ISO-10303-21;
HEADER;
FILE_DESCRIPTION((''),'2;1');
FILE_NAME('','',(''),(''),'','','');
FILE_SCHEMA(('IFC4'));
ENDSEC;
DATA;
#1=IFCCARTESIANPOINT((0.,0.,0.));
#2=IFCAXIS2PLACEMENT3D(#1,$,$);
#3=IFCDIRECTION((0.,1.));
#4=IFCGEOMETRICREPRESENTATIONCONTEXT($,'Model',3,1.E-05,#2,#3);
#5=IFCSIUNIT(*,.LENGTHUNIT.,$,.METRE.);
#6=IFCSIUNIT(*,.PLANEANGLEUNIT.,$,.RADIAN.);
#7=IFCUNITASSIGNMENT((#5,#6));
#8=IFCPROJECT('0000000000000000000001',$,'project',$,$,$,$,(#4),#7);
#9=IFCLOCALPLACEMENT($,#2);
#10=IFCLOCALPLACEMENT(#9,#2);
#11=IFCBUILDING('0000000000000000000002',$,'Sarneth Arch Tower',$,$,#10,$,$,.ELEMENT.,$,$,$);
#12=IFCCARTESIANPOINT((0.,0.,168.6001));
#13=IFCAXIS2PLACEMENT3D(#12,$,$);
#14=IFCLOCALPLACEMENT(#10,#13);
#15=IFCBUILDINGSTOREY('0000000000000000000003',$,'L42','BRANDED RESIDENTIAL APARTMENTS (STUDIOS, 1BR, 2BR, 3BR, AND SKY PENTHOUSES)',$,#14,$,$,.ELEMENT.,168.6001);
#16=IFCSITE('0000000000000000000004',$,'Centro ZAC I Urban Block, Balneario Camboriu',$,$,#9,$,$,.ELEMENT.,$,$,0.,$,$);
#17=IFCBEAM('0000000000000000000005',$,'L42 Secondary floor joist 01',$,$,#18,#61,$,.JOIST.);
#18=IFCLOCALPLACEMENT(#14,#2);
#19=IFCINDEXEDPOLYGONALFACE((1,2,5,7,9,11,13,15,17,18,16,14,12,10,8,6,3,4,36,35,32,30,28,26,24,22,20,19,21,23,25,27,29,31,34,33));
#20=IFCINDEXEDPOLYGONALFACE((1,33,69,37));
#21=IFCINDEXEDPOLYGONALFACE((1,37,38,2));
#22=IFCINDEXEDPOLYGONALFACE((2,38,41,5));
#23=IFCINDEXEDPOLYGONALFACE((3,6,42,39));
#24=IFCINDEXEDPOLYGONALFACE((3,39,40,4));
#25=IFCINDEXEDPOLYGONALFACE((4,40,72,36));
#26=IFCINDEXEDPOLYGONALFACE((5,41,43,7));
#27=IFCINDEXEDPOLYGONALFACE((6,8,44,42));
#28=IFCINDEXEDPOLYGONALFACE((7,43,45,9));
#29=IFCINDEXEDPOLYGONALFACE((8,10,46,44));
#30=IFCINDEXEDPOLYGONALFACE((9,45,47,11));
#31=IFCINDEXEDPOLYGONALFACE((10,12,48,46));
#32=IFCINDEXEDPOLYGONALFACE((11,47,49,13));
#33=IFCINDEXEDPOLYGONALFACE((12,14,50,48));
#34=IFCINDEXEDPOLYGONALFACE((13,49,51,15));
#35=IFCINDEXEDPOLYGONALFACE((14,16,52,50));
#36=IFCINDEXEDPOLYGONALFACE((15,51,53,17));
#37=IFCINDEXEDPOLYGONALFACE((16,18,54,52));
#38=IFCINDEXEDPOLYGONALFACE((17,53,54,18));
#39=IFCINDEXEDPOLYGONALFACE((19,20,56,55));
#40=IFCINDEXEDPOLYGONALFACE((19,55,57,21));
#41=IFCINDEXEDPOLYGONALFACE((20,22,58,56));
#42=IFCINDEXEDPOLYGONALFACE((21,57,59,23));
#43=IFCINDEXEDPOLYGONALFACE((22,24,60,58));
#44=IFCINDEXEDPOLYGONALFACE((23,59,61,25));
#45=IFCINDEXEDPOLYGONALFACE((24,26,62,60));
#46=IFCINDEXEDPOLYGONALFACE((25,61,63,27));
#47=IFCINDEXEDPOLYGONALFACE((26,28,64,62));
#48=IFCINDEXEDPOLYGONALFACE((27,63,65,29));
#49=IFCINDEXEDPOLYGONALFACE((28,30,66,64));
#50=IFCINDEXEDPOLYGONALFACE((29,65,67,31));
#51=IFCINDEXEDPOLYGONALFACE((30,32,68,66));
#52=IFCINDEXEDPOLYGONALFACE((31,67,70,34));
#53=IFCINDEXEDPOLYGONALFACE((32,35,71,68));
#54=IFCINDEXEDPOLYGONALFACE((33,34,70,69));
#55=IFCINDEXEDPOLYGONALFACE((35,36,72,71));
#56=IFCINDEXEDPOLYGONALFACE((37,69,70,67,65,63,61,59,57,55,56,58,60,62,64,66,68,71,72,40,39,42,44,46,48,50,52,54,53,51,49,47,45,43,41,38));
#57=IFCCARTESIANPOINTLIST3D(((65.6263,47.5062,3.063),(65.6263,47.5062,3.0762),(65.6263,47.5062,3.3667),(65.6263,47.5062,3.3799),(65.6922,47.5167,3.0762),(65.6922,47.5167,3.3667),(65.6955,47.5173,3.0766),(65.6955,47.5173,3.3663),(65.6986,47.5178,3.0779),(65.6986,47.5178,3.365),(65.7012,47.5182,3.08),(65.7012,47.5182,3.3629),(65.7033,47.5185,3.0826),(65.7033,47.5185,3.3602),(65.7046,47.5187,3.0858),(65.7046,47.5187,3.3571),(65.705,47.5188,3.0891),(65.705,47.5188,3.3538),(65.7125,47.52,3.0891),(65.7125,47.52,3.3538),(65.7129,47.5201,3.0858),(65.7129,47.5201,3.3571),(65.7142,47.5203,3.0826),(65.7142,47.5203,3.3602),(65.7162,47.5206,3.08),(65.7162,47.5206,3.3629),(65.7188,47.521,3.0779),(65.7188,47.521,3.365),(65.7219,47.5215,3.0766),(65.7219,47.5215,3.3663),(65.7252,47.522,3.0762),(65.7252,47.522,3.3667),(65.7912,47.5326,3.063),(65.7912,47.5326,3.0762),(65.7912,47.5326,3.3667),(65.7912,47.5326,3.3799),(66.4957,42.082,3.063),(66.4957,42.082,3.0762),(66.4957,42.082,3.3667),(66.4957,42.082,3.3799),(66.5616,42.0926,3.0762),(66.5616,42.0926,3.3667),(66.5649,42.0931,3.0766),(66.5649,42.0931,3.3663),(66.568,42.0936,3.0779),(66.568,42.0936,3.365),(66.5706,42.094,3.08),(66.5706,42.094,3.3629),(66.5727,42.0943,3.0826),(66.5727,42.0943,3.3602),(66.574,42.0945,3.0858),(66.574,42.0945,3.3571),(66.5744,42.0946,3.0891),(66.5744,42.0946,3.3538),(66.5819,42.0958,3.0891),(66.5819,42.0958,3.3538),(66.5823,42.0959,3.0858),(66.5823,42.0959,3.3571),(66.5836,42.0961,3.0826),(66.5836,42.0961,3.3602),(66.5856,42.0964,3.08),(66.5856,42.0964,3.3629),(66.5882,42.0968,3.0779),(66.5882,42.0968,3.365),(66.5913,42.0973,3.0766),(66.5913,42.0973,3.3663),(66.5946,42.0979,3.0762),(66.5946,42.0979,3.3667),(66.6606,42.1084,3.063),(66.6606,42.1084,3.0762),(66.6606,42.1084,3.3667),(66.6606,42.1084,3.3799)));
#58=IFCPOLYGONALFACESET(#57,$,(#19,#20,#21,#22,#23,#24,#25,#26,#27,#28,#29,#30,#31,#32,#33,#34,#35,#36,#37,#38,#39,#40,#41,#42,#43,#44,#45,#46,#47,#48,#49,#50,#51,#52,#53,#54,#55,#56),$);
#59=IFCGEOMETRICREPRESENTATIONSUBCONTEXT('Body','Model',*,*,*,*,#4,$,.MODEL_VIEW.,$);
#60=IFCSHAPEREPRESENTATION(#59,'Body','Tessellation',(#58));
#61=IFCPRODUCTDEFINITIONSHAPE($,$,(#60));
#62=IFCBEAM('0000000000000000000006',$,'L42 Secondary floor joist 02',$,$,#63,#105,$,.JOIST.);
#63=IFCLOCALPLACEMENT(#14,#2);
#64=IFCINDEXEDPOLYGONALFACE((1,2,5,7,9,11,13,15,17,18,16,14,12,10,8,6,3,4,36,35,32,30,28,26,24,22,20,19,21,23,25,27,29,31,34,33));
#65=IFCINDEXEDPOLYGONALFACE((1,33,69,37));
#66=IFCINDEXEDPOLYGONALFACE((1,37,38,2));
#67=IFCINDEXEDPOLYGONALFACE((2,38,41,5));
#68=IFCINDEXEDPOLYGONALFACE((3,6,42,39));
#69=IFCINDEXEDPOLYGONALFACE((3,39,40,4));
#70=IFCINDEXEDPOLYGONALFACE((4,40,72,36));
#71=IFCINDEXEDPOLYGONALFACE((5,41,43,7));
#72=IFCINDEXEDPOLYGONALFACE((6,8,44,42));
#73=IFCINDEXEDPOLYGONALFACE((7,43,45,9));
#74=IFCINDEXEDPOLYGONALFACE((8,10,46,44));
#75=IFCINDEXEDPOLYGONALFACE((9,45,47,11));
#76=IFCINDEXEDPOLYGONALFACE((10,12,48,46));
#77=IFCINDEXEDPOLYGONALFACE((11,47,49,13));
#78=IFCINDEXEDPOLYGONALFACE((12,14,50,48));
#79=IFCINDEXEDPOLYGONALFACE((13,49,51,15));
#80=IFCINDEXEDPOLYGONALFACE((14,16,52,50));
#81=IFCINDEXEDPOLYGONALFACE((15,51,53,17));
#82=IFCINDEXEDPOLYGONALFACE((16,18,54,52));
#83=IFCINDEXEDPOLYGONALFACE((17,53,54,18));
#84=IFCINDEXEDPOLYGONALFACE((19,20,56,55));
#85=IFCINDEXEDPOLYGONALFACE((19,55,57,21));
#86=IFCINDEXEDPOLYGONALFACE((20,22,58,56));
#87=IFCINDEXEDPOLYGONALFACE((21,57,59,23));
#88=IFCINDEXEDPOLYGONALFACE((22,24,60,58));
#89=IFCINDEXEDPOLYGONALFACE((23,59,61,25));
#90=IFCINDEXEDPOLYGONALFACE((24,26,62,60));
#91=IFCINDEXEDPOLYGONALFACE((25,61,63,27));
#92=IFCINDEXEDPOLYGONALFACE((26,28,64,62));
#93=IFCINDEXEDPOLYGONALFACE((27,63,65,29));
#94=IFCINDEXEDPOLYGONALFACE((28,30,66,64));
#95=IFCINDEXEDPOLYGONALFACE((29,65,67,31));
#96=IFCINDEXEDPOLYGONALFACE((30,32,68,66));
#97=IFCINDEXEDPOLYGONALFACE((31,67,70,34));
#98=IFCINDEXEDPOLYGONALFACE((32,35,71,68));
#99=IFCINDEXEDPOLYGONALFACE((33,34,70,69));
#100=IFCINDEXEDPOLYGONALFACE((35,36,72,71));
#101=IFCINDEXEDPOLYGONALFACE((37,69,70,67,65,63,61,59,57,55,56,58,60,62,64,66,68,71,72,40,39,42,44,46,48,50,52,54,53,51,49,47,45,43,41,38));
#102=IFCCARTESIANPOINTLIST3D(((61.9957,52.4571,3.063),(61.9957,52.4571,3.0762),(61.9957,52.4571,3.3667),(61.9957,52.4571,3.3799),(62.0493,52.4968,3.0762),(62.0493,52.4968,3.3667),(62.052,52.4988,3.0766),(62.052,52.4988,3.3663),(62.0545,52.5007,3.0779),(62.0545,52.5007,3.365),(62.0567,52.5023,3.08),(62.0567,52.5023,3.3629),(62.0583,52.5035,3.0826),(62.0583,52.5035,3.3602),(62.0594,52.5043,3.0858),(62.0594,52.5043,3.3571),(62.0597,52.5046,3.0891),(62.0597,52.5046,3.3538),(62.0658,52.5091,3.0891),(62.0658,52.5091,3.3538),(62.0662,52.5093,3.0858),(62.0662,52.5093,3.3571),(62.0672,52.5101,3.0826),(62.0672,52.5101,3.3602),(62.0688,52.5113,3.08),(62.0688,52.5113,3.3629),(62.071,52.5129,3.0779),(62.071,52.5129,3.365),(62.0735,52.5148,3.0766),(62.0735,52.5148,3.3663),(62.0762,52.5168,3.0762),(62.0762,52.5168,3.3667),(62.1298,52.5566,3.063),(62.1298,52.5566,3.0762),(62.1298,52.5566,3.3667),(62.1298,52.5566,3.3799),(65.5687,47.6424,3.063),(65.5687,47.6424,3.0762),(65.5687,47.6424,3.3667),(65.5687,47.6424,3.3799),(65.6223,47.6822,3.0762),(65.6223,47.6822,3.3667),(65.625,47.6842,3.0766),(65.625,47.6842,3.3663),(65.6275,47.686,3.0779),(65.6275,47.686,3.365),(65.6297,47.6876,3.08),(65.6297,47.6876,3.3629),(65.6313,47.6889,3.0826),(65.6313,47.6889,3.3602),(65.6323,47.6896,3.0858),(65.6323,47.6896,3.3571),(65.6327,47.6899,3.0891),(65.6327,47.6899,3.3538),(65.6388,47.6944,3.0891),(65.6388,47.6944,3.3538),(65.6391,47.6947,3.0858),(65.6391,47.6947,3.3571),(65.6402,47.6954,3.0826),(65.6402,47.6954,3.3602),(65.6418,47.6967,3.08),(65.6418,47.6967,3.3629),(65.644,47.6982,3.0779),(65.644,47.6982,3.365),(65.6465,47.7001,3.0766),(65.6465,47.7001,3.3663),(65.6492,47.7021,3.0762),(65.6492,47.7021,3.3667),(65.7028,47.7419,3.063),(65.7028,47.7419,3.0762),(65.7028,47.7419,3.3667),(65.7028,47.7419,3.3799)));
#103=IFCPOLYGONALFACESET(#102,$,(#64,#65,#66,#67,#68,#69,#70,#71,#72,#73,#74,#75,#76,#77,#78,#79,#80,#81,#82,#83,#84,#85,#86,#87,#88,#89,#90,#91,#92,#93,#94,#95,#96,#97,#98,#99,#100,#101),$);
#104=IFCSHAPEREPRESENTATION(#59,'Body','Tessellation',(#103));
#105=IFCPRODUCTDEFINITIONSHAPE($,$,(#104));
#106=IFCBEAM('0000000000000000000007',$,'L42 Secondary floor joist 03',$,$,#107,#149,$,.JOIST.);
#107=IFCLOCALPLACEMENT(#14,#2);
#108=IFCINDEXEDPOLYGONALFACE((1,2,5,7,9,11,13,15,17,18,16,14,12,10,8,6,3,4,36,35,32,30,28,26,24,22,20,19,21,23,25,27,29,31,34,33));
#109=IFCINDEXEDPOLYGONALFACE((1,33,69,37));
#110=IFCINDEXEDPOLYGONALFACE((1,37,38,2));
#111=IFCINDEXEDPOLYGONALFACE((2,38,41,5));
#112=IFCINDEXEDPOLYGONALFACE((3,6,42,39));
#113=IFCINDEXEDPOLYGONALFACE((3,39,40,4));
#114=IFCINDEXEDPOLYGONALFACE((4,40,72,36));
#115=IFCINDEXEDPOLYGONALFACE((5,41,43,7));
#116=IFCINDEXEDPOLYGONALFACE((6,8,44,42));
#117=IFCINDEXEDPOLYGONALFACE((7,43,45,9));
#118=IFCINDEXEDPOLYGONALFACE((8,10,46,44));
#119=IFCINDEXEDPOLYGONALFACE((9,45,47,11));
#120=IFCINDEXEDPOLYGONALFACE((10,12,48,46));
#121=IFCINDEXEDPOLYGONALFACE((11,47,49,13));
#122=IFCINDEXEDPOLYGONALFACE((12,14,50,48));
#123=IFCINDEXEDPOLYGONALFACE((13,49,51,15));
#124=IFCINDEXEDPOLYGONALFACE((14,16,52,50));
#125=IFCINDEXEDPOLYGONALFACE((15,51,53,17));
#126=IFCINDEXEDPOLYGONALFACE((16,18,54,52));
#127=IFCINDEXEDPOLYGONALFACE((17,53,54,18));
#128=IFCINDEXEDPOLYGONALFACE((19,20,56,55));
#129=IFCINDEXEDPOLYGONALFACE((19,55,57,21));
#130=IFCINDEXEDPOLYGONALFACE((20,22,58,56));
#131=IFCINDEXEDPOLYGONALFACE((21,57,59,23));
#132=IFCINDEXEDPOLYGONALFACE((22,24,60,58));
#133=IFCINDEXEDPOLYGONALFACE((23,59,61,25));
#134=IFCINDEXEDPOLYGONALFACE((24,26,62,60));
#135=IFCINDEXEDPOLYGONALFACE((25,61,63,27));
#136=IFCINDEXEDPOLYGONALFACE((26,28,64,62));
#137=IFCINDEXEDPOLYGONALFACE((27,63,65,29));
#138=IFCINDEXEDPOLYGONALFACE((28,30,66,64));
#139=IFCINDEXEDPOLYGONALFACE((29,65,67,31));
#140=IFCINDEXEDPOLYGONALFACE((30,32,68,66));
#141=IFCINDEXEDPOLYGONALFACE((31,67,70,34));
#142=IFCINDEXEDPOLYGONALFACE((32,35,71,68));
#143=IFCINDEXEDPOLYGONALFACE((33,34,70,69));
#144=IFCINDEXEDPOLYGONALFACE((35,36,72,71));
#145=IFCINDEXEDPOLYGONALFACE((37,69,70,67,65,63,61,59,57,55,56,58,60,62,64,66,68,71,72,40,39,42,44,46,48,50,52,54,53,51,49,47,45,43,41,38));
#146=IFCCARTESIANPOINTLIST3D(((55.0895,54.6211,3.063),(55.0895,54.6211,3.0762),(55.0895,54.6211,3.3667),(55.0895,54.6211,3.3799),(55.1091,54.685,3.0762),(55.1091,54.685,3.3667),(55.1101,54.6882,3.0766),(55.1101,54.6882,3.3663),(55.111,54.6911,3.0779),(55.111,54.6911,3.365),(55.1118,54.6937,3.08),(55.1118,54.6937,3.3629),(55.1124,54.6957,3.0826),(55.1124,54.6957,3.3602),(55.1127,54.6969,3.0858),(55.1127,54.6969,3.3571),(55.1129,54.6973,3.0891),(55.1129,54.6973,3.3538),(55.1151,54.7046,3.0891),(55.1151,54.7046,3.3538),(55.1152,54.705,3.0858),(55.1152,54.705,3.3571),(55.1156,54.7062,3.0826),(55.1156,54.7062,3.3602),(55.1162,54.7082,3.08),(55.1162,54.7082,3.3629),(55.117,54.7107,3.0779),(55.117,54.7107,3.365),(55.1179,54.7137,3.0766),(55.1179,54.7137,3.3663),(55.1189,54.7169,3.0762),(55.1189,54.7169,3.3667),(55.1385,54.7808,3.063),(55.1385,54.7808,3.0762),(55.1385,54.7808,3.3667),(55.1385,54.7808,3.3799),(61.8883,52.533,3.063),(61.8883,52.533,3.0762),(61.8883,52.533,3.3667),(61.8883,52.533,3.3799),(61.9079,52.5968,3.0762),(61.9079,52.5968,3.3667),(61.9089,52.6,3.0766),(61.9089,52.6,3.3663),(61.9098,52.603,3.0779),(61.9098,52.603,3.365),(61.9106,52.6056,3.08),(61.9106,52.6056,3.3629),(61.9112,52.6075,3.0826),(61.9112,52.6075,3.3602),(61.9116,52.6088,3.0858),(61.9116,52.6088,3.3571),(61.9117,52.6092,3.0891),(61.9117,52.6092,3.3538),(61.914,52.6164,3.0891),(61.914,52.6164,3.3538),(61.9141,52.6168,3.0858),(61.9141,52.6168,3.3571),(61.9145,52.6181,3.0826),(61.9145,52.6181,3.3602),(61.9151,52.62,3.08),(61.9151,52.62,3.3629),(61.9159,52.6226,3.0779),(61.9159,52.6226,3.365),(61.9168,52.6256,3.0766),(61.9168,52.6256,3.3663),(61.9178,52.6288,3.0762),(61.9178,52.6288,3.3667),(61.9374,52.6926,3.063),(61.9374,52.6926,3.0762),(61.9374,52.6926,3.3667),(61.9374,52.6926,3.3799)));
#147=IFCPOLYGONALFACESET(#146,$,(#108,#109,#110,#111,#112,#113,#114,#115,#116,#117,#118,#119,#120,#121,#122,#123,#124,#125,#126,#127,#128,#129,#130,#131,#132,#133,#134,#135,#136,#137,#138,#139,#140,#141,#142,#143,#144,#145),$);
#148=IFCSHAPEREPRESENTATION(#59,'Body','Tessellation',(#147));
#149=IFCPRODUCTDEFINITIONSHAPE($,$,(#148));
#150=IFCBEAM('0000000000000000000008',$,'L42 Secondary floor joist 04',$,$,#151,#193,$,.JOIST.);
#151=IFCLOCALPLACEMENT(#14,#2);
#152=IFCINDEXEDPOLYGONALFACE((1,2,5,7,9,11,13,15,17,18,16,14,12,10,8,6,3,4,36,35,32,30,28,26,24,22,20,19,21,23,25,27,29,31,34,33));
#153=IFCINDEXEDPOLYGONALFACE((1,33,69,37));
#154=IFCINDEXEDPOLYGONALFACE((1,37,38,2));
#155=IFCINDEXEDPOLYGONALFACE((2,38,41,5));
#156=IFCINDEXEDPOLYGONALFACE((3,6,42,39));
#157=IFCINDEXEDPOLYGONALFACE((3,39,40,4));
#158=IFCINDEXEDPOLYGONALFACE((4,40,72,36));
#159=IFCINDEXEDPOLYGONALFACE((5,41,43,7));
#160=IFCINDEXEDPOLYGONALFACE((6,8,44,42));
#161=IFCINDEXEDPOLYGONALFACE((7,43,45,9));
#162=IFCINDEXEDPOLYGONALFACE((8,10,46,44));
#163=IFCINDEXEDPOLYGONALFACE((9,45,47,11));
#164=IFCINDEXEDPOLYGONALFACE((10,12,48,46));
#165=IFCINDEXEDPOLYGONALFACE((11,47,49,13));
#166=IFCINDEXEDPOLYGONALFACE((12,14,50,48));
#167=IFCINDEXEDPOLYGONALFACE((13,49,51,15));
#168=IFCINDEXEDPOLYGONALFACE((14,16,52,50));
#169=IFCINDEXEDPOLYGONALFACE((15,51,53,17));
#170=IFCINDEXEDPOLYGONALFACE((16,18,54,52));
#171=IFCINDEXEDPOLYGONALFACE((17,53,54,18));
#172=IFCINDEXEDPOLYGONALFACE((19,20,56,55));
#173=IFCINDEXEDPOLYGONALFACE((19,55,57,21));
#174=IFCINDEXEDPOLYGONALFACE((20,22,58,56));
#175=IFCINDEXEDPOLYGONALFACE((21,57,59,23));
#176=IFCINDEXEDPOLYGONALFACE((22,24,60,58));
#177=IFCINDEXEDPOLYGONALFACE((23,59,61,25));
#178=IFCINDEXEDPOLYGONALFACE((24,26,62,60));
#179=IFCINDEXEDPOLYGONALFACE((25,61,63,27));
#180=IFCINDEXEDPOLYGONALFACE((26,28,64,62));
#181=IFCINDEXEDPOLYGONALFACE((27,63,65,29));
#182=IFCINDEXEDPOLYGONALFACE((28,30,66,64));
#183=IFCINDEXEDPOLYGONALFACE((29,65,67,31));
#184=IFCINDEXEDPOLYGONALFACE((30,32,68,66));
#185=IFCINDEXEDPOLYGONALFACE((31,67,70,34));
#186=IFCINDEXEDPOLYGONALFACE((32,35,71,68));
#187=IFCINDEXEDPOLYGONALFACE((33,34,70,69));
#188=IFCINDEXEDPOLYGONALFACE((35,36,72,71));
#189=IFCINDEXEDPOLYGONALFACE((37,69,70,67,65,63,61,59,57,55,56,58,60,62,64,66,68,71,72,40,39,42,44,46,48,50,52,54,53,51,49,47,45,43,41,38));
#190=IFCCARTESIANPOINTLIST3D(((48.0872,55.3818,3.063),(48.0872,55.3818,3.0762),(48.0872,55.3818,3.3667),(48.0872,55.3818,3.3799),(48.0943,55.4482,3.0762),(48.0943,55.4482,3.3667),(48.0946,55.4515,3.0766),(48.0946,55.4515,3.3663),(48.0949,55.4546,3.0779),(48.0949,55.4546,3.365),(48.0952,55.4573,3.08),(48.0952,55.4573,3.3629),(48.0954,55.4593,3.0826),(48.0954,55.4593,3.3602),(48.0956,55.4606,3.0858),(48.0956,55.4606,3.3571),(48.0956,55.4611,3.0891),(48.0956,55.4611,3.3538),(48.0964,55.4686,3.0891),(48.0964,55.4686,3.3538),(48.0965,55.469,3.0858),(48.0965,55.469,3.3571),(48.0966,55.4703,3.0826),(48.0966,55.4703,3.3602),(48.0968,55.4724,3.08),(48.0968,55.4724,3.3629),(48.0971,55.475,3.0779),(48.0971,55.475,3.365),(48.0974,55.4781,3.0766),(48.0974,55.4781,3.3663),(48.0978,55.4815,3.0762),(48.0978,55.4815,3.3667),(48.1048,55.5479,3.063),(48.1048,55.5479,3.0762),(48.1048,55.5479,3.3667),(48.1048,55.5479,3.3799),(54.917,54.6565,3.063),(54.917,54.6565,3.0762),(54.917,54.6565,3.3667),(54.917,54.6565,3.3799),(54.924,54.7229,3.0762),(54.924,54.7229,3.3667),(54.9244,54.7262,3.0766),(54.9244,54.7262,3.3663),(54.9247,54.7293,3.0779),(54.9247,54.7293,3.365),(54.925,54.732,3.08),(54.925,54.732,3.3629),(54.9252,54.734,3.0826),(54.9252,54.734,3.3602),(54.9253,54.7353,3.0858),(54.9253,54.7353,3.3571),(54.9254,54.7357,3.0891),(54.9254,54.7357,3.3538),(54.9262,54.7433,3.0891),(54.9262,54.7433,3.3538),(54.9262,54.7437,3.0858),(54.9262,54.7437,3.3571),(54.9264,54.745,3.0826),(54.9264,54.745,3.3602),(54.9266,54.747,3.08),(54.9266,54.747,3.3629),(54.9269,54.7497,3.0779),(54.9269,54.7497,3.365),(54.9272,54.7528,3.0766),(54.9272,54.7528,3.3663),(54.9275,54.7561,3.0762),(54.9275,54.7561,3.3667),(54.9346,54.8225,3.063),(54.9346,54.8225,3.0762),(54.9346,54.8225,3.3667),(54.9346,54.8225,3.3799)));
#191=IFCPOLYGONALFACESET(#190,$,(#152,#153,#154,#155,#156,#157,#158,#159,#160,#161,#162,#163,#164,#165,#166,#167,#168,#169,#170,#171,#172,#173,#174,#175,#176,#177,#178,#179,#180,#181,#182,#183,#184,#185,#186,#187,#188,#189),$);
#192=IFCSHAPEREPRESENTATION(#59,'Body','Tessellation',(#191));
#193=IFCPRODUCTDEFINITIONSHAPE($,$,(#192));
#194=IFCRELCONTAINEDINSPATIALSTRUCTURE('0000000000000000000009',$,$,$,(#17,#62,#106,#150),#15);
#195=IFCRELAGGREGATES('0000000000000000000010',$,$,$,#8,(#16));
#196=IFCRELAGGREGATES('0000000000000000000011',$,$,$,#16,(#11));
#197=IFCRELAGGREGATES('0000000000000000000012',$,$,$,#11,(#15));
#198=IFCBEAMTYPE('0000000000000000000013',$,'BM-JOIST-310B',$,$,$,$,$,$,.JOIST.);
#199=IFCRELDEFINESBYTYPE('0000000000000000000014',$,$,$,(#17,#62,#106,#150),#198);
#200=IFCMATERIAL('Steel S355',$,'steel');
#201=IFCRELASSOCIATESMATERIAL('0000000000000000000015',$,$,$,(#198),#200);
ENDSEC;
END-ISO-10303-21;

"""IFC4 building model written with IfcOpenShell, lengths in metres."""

from ifc_helpers import new_model, si_unit, direction, frame, origin, origin_2d, place, context, subcontext, project, spatial, i_section, extrude, material, material_profile, profile_set, type_object, element, save


model = new_model("IFC4")

# Units and contexts
model_context = context("Model", 3, precision=1e-05, world=origin(), true_north=direction((0.0, 1.0)))
body_context = subcontext(model_context, "Body", "Model", "MODEL_VIEW")
ifc_project = project(units=[si_unit("LENGTHUNIT", "METRE"), si_unit("PLANEANGLEUNIT", "RADIAN")], contexts=[model_context])

# Site, building, storey
site_placement = place(None, origin())
site = spatial("IfcSite", under=ifc_project, at=site_placement, Name="Centro ZAC I Urban Block, Balneario Camboriu", CompositionType="ELEMENT", RefElevation=0.0)
building_placement = place(site_placement, origin())
building = spatial("IfcBuilding", under=site, at=building_placement, Name="Sarneth Arch Tower", CompositionType="ELEMENT")
storey_placement = place(building_placement, frame((0.0, 0.0, 168.6001)))
storey = spatial("IfcBuildingStorey", under=building, at=storey_placement, Name="L42", Description="BRANDED RESIDENTIAL APARTMENTS (STUDIOS, 1BR, 2BR, 3BR, AND SKY PENTHOUSES)", CompositionType="ELEMENT", Elevation=168.6001)

# Beams
ifc_material_1 = material(Name="Steel S355", Category="steel")
ifc_material_profile_1 = material_profile(ifc_material_1, i_section(OverallWidth=0.167, OverallDepth=0.3169, WebThickness=0.0076, FlangeThickness=0.0132, FilletRadius=0.0129, at=origin_2d()), Name="W310x52")
ifc_profile_set_1 = profile_set([ifc_material_profile_1], Name="Steel S355")
beam_type_1 = type_object("IfcBeamType", Name="BM-JOIST-310B", PredefinedType="JOIST", material=ifc_profile_set_1)
beam_1_placement = place(storey_placement, frame((66.5781, 42.0952, 3.2214), z_axis=(-0.158263, 0.987397, 0.0), x_axis=(-0.987397, -0.158263, 0.0)))
element("IfcBeam", 1, at=beam_1_placement, inside=storey, type_object=beam_type_1, Name="L42 Secondary floor joist 01", PredefinedType="JOIST", context=body_context, shape_type="SweptSolid", body=[
    extrude(i_section(OverallWidth=0.167, OverallDepth=0.3169, WebThickness=0.0076, FlangeThickness=0.0132, FilletRadius=0.0129, at=origin_2d()), origin(), (0.0, 0.0, 1.0), 5.4934),
])
beam_2_placement = place(storey_placement, frame((65.6357, 47.6921, 3.2214), z_axis=(-0.595933, 0.803034, 0.0), x_axis=(-0.803034, -0.595933, 0.0)))
element("IfcBeam", 2, at=beam_2_placement, inside=storey, type_object=beam_type_1, Name="L42 Secondary floor joist 02", PredefinedType="JOIST", context=body_context, shape_type="SweptSolid", body=[
    extrude(i_section(OverallWidth=0.167, OverallDepth=0.3169, WebThickness=0.0076, FlangeThickness=0.0132, FilletRadius=0.0129, at=origin_2d()), origin(), (0.0, 0.0, 1.0), 5.9956),
])
beam_3_placement = place(storey_placement, frame((61.9128, 52.6128, 3.2214), z_axis=(-0.95593, 0.293596, 0.0), x_axis=(-0.293596, -0.95593, 0.0)))
element("IfcBeam", 3, at=beam_3_placement, inside=storey, type_object=beam_type_1, Name="L42 Secondary floor joist 03", PredefinedType="JOIST", context=body_context, shape_type="SweptSolid", body=[
    extrude(i_section(OverallWidth=0.167, OverallDepth=0.3169, WebThickness=0.0076, FlangeThickness=0.0132, FilletRadius=0.0129, at=origin_2d()), origin(), (0.0, 0.0, 1.0), 7.1123),
])
beam_4_placement = place(storey_placement, frame((54.9258, 54.7395, 3.2214), z_axis=(-0.994408, 0.105608, 0.0), x_axis=(-0.105608, -0.994408, 0.0)))
element("IfcBeam", 4, at=beam_4_placement, inside=storey, type_object=beam_type_1, Name="L42 Secondary floor joist 04", PredefinedType="JOIST", context=body_context, shape_type="SweptSolid", body=[
    extrude(i_section(OverallWidth=0.167, OverallDepth=0.3169, WebThickness=0.0076, FlangeThickness=0.0132, FilletRadius=0.0129, at=origin_2d()), origin(), (0.0, 0.0, 1.0), 6.8682),
])

save(model, "model.ifc")
